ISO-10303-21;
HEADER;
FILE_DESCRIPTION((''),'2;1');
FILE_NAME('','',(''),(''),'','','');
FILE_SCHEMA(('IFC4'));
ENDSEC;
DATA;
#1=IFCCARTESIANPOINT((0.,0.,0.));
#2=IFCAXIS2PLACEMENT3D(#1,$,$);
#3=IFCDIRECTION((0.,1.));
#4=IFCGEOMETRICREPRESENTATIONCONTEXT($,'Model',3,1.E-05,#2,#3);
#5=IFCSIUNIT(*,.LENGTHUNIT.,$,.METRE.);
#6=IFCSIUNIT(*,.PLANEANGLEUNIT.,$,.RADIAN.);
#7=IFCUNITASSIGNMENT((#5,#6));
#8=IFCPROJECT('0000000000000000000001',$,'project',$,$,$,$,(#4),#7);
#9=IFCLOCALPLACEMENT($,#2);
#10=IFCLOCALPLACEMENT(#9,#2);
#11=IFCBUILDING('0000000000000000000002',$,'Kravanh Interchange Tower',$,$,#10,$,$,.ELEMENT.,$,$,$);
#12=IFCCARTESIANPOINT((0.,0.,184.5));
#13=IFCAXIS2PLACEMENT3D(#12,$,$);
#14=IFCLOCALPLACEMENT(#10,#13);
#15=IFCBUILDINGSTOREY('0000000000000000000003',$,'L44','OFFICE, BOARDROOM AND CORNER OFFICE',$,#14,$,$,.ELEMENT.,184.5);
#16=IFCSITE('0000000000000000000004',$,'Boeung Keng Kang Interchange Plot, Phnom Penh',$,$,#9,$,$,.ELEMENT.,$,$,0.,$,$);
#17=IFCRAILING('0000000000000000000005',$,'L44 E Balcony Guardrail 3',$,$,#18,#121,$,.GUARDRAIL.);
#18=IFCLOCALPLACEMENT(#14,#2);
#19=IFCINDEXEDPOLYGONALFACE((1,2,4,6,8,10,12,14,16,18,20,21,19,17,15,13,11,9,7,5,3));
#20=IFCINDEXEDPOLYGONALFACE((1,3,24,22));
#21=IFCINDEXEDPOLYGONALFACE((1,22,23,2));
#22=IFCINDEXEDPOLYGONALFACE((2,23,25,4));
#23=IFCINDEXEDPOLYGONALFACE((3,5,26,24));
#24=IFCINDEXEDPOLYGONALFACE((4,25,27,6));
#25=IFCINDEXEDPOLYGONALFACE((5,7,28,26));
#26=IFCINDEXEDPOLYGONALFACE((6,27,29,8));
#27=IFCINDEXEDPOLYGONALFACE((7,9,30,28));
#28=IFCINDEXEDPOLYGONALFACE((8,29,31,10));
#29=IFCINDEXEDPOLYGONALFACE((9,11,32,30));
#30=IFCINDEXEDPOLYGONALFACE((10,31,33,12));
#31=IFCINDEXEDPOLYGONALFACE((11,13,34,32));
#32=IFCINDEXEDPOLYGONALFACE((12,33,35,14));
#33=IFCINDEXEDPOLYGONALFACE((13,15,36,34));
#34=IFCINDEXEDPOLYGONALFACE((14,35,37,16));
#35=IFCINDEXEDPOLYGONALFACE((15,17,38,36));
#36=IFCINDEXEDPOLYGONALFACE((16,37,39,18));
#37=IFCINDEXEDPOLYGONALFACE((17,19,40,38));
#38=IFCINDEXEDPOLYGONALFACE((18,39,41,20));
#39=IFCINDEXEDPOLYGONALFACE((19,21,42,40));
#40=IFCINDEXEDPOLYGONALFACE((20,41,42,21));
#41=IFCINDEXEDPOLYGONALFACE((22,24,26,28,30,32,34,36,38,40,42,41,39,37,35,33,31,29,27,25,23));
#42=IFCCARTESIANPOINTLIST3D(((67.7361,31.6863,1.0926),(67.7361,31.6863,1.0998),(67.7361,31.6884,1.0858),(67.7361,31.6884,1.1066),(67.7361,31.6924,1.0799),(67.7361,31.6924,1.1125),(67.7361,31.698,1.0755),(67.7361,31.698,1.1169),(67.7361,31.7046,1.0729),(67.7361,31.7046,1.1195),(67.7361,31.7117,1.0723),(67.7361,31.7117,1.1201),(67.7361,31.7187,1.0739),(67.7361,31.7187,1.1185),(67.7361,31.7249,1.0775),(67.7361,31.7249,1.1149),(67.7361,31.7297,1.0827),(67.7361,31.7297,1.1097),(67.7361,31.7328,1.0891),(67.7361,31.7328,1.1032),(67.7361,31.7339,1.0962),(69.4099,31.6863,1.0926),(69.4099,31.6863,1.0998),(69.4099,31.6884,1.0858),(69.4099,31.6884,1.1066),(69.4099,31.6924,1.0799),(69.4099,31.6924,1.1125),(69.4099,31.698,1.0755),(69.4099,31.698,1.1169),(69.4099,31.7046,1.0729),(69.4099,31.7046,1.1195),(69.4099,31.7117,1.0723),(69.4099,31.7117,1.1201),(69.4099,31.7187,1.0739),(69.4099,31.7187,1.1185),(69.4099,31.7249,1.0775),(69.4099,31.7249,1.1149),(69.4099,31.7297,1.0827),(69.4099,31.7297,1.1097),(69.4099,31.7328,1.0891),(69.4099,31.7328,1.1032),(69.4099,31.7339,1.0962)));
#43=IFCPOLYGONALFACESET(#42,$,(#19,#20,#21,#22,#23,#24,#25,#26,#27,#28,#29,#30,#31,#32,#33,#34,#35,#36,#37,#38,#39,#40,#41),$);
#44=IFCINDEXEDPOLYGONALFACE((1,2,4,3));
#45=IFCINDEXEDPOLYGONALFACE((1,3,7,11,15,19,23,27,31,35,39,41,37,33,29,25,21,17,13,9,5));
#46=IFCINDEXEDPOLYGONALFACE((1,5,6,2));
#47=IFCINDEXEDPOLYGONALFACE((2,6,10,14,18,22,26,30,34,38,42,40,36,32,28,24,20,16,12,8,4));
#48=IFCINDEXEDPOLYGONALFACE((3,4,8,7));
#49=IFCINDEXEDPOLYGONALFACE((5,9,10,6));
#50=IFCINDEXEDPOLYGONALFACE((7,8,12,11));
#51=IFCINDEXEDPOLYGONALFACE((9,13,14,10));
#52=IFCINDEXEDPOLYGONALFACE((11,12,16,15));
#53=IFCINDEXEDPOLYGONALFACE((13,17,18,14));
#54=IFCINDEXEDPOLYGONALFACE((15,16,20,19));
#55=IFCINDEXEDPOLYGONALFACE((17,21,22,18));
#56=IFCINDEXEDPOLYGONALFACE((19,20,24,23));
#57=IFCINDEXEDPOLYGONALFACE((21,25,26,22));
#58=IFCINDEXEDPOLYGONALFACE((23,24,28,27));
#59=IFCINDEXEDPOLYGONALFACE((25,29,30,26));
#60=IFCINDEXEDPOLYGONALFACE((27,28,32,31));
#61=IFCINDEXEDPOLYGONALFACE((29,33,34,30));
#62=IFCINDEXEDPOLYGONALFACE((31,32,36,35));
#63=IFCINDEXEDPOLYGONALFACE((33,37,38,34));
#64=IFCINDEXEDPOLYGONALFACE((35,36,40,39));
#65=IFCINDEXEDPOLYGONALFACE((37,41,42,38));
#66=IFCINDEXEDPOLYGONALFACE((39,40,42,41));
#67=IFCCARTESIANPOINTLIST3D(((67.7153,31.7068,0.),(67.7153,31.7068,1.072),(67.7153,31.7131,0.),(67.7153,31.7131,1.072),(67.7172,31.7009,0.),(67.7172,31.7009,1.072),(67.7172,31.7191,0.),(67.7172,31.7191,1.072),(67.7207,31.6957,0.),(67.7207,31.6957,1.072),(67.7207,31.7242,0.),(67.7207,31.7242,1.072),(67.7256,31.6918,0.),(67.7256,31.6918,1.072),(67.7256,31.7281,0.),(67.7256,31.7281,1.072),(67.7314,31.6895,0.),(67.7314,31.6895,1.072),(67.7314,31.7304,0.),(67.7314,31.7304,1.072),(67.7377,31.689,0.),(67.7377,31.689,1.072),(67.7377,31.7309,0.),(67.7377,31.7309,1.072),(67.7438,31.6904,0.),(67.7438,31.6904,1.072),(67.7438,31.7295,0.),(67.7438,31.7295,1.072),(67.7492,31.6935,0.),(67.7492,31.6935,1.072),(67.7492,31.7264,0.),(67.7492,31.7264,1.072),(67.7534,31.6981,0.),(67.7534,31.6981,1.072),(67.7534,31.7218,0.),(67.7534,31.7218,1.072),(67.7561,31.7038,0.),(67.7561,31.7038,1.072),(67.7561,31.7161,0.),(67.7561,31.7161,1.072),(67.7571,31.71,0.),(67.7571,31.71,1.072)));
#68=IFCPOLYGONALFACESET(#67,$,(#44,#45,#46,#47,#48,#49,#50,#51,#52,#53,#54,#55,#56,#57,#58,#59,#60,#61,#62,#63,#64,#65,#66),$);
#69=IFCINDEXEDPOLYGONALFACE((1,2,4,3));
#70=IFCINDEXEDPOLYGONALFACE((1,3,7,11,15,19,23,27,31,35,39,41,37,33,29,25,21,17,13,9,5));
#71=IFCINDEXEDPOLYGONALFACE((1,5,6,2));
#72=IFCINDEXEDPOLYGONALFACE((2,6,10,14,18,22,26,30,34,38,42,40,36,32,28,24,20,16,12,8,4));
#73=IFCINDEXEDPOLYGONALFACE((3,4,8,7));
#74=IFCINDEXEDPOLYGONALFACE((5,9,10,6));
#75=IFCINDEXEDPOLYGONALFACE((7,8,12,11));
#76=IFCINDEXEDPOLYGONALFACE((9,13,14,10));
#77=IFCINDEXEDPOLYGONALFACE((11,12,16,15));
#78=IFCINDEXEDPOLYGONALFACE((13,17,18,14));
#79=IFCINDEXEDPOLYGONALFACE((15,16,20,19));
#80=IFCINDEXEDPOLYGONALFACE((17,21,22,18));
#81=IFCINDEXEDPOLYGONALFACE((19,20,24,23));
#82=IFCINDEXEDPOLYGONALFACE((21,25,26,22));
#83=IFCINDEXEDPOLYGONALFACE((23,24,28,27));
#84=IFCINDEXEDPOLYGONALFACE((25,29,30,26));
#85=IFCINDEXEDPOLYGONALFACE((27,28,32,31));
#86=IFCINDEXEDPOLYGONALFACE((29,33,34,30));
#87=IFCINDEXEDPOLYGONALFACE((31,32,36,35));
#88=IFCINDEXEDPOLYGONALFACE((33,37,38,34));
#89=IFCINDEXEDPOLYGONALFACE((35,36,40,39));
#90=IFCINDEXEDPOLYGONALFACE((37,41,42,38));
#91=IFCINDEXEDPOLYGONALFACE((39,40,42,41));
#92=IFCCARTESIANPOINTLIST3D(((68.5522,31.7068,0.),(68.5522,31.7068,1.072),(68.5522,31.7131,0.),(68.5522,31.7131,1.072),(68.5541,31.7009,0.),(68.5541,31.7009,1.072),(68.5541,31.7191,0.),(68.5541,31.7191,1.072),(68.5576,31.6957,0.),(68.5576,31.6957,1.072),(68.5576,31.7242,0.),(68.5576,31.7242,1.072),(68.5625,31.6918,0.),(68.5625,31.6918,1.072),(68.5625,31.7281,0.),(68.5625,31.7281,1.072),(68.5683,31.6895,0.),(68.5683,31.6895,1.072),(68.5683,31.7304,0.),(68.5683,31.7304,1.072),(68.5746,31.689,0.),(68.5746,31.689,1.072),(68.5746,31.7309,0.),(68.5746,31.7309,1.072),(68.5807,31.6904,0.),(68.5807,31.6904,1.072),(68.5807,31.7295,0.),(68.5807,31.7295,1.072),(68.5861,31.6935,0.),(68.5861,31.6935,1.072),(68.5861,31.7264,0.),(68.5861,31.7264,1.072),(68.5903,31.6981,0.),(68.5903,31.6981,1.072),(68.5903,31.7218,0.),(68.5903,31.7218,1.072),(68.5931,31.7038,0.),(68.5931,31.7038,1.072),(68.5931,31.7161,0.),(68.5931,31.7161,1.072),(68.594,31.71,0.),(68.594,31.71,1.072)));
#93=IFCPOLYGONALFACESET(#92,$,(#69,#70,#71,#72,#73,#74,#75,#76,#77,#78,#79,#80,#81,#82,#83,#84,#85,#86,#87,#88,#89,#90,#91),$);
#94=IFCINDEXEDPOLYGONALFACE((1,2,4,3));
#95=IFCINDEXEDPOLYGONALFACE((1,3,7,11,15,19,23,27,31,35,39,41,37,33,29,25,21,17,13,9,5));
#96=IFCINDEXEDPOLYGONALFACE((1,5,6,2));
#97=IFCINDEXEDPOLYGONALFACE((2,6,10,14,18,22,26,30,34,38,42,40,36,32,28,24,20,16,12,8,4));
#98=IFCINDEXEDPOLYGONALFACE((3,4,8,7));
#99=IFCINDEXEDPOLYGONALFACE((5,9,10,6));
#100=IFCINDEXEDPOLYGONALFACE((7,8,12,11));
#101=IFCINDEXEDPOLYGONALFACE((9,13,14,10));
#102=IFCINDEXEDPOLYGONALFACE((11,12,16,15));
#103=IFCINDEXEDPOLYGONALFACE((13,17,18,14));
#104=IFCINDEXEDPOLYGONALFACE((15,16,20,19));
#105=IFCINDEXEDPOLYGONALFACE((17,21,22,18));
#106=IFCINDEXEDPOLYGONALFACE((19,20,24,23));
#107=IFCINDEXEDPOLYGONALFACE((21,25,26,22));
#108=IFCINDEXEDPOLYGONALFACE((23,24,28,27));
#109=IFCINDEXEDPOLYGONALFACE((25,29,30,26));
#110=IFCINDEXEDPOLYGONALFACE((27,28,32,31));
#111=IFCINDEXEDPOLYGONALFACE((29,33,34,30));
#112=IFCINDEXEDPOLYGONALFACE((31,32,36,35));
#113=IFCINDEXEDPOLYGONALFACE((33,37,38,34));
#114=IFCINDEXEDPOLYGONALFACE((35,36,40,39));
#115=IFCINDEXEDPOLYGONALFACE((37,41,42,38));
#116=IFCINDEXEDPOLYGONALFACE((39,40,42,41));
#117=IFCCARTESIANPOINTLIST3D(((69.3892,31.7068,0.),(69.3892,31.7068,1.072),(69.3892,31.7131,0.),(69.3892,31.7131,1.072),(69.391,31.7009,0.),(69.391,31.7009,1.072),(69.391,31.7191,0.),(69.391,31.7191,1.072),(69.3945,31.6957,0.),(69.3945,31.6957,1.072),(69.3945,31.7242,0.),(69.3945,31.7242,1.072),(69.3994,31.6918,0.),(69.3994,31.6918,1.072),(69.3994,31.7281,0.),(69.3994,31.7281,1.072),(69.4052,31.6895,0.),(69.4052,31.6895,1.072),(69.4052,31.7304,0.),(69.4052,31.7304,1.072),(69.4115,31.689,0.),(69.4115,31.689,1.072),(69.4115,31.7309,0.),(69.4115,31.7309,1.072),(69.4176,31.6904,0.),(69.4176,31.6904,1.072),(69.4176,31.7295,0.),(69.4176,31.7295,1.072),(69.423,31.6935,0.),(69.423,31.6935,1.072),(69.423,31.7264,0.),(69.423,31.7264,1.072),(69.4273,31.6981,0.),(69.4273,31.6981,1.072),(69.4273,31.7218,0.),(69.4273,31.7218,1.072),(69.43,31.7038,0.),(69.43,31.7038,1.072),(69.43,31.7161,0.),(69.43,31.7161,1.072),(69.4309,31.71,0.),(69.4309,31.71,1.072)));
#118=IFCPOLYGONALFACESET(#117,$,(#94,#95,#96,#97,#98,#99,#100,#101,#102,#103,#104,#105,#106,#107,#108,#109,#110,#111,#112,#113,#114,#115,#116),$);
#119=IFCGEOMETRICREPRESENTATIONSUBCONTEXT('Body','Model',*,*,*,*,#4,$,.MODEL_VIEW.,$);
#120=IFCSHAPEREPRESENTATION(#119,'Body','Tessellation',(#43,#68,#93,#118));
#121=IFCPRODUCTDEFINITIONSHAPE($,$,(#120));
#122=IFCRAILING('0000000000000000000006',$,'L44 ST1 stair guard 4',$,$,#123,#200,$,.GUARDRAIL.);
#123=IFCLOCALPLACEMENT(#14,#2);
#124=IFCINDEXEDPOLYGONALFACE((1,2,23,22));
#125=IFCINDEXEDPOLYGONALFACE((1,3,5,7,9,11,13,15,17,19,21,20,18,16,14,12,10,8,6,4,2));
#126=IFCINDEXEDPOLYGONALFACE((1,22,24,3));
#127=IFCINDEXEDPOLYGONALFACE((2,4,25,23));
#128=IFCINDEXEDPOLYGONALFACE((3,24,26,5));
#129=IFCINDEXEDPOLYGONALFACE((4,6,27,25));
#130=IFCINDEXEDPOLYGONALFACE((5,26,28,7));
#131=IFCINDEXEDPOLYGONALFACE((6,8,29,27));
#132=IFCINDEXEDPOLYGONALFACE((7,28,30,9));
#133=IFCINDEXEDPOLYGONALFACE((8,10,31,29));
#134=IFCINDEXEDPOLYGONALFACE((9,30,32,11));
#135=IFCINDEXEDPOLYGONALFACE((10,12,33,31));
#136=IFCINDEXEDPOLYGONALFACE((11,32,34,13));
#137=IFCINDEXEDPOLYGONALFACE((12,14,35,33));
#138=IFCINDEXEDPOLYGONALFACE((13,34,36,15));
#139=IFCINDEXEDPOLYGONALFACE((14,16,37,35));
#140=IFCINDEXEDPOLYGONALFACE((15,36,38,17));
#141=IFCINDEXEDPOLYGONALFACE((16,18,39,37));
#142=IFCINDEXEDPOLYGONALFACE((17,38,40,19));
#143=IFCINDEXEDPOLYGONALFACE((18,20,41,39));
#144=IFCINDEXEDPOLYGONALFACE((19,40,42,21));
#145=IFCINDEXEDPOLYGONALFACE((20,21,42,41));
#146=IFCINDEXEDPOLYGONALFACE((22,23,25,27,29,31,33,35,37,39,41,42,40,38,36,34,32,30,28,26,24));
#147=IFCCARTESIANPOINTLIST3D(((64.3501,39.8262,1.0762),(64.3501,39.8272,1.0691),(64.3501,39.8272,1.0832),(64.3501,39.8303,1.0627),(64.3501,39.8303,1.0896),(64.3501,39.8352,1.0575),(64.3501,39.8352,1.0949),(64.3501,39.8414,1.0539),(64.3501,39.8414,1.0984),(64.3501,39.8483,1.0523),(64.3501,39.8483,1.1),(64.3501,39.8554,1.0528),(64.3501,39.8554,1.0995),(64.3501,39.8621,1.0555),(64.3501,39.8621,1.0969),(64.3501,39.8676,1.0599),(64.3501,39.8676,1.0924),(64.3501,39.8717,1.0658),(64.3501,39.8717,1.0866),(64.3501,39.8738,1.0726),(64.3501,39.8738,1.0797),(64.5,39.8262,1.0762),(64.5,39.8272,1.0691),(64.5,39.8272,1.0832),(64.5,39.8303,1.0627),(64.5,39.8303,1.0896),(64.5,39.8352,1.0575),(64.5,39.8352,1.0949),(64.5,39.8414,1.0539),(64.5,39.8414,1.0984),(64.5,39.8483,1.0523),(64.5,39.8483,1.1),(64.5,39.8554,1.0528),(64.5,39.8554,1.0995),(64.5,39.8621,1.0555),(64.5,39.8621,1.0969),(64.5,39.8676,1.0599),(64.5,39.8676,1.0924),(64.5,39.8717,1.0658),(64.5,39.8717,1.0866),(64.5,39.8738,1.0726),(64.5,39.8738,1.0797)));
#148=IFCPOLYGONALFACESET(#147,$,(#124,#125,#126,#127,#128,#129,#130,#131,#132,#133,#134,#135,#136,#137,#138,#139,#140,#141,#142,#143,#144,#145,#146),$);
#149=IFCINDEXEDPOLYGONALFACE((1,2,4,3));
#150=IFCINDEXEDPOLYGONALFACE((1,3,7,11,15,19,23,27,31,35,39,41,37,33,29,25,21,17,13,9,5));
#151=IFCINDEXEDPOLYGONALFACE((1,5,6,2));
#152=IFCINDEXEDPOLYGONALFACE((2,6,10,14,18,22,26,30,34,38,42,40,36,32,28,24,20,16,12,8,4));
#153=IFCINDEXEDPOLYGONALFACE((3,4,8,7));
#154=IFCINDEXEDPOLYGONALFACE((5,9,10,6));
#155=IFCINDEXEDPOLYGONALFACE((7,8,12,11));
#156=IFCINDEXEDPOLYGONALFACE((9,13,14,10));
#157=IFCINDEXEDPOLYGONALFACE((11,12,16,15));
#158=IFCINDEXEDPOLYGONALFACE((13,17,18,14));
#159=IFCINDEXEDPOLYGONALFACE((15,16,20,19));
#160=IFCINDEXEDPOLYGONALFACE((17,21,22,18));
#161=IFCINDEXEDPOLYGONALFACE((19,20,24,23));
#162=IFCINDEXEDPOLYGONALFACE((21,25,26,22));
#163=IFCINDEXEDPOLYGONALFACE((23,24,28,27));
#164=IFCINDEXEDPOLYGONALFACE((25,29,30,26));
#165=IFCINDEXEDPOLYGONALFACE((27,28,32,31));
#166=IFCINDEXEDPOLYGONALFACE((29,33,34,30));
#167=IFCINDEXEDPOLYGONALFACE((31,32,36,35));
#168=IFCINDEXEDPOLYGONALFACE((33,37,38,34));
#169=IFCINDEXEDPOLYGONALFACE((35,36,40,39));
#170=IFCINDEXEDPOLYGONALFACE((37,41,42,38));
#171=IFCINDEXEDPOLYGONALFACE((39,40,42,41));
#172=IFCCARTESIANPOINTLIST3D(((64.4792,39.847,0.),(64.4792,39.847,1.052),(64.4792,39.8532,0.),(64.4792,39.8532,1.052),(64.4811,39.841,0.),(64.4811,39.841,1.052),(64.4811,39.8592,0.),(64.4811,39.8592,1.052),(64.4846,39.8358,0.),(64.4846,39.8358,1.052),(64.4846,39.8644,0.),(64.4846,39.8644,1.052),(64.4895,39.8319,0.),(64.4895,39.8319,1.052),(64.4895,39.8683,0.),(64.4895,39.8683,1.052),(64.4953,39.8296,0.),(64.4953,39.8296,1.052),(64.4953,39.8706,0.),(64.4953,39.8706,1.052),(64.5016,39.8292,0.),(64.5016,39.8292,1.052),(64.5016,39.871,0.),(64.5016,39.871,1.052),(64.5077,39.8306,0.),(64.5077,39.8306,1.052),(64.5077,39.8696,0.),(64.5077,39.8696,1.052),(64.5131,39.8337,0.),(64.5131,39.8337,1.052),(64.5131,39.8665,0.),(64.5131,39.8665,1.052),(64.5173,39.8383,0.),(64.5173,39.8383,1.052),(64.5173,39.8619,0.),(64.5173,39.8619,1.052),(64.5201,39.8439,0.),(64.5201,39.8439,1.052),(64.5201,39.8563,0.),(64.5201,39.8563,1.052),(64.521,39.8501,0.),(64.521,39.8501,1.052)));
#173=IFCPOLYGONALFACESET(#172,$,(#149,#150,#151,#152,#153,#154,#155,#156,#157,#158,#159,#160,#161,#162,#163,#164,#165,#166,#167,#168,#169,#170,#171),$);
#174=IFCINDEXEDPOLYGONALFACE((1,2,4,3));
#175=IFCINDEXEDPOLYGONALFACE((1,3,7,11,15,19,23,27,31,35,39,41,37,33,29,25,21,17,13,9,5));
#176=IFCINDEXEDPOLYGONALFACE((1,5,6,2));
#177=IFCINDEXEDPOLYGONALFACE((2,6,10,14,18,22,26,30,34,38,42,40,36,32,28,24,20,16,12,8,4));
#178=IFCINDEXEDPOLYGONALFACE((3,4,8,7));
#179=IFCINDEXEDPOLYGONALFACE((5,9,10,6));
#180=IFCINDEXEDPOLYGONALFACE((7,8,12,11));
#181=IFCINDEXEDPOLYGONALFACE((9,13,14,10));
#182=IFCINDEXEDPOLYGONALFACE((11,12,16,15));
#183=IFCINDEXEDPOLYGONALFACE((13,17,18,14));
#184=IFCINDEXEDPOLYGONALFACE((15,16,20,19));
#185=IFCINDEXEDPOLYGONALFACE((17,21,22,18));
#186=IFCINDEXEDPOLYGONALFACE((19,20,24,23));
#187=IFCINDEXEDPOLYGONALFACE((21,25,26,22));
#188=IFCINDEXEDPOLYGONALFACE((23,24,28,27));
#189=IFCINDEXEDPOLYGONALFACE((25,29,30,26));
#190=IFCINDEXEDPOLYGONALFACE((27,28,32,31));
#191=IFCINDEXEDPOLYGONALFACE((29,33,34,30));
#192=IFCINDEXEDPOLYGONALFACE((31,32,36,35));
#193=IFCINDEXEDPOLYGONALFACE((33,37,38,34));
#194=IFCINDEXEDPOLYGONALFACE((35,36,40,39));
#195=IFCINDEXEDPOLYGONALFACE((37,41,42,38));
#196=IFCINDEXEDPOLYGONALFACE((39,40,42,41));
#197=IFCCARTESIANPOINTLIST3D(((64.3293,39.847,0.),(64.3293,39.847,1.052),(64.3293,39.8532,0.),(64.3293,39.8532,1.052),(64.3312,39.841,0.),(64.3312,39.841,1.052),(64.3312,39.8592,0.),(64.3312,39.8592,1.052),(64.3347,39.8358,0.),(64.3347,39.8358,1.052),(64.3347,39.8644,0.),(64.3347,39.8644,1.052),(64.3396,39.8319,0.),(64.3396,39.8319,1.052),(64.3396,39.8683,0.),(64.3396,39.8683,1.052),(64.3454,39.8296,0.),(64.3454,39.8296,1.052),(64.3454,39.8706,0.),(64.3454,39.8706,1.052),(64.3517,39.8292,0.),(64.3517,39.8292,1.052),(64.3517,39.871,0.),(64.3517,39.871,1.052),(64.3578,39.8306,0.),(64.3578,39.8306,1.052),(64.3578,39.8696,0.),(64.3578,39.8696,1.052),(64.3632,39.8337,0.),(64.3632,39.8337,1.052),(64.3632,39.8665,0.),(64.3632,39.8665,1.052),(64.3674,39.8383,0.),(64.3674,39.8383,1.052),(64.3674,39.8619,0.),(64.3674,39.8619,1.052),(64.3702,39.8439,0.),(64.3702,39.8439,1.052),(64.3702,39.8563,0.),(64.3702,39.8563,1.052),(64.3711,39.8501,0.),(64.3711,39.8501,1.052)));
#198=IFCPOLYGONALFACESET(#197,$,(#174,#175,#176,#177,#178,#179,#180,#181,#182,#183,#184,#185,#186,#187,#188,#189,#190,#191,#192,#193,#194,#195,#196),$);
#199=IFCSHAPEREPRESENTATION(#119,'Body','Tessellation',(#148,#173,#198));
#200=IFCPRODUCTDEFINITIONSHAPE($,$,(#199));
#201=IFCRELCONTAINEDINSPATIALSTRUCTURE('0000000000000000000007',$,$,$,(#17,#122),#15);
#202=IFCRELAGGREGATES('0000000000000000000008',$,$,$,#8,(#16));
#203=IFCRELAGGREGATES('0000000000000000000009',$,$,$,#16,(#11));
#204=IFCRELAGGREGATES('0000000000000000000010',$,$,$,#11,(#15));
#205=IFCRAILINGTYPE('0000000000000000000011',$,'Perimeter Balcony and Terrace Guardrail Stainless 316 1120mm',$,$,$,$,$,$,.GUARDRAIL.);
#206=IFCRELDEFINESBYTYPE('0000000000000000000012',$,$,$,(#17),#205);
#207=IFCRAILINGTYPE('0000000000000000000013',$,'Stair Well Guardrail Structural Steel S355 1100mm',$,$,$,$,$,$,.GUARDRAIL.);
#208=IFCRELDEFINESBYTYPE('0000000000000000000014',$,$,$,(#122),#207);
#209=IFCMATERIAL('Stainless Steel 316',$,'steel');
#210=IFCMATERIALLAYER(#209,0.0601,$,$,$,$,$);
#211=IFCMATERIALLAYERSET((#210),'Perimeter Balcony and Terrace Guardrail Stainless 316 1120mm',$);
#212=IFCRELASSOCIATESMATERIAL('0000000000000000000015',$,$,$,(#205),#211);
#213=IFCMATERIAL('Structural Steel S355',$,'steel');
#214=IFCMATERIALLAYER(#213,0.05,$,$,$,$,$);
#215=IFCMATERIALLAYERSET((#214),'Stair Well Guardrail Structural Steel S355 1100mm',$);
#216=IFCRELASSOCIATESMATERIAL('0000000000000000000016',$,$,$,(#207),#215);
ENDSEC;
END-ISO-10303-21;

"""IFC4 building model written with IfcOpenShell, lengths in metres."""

from ifc_helpers import new_model, si_unit, direction, frame, origin, origin_2d, place, context, subcontext, project, spatial, circle, extrude, material, layer, layer_set, type_object, element, save


model = new_model("IFC4")

# Units and contexts
model_context = context("Model", 3, precision=1e-05, world=origin(), true_north=direction((0.0, 1.0)))
body_context = subcontext(model_context, "Body", "Model", "MODEL_VIEW")
ifc_project = project(units=[si_unit("LENGTHUNIT", "METRE"), si_unit("PLANEANGLEUNIT", "RADIAN")], contexts=[model_context])

# Site, building, storey
site_placement = place(None, origin())
site = spatial("IfcSite", under=ifc_project, at=site_placement, Name="Boeung Keng Kang Interchange Plot, Phnom Penh", CompositionType="ELEMENT", RefElevation=0.0)
building_placement = place(site_placement, origin())
building = spatial("IfcBuilding", under=site, at=building_placement, Name="Kravanh Interchange Tower", CompositionType="ELEMENT")
storey_placement = place(building_placement, frame((0.0, 0.0, 184.5)))
storey = spatial("IfcBuildingStorey", under=building, at=storey_placement, Name="L44", Description="OFFICE, BOARDROOM AND CORNER OFFICE", CompositionType="ELEMENT", Elevation=184.5)

# Railings
ifc_material_1 = material(Name="Stainless Steel 316", Category="steel")
ifc_layer_1 = layer(ifc_material_1, 0.0601)
ifc_layer_set_1 = layer_set([ifc_layer_1], Name="Perimeter Balcony and Terrace Guardrail Stainless 316 1120mm")
railing_type_1 = type_object("IfcRailingType", Name="Perimeter Balcony and Terrace Guardrail Stainless 316 1120mm", PredefinedType="GUARDRAIL", material=ifc_layer_set_1)
railing_1_placement = place(storey_placement, frame((67.7361, 31.71, 0.0)))
element("IfcRailing", 1, at=railing_1_placement, inside=storey, type_object=railing_type_1, Name="L44 E Balcony Guardrail 3", PredefinedType="GUARDRAIL", context=body_context, shape_type="SweptSolid", body=[
    extrude(circle(Radius=0.0239, at=origin_2d()), frame((0.0, 0.0, 1.0962), z_axis=(1.0, 0.0, 0.0), x_axis=(0.0, 1.0, 0.0)), (0.0, 0.0, 1.0), 1.6738),
    extrude(circle(Radius=0.021, at=origin_2d()), origin(), (0.0, 0.0, 1.0), 1.072),
    extrude(circle(Radius=0.021, at=origin_2d()), frame((0.8369, 0.0, 0.0)), (0.0, 0.0, 1.0), 1.072),
    extrude(circle(Radius=0.021, at=origin_2d()), frame((1.6738, 0.0, 0.0)), (0.0, 0.0, 1.0), 1.072),
])
ifc_material_2 = material(Name="Structural Steel S355", Category="steel")
ifc_layer_2 = layer(ifc_material_2, 0.05)
ifc_layer_set_2 = layer_set([ifc_layer_2], Name="Stair Well Guardrail Structural Steel S355 1100mm")
railing_type_2 = type_object("IfcRailingType", Name="Stair Well Guardrail Structural Steel S355 1100mm", PredefinedType="GUARDRAIL", material=ifc_layer_set_2)
railing_2_placement = place(storey_placement, frame((64.5, 39.8501, 0.0)))
element("IfcRailing", 2, at=railing_2_placement, inside=storey, type_object=railing_type_2, Name="L44 ST1 stair guard 4", PredefinedType="GUARDRAIL", context=body_context, shape_type="SweptSolid", body=[
    extrude(circle(Radius=0.0239, at=origin_2d()), frame((0.0, 0.0, 1.0762), z_axis=(-1.0, 0.0, 0.0), x_axis=(0.0, -1.0, 0.0)), (0.0, 0.0, 1.0), 0.1499),
    extrude(circle(Radius=0.021, at=origin_2d()), origin(), (0.0, 0.0, 1.0), 1.052),
    extrude(circle(Radius=0.021, at=origin_2d()), frame((-0.1499, 0.0, 0.0)), (0.0, 0.0, 1.0), 1.052),
])

save(model, "model.ifc")
